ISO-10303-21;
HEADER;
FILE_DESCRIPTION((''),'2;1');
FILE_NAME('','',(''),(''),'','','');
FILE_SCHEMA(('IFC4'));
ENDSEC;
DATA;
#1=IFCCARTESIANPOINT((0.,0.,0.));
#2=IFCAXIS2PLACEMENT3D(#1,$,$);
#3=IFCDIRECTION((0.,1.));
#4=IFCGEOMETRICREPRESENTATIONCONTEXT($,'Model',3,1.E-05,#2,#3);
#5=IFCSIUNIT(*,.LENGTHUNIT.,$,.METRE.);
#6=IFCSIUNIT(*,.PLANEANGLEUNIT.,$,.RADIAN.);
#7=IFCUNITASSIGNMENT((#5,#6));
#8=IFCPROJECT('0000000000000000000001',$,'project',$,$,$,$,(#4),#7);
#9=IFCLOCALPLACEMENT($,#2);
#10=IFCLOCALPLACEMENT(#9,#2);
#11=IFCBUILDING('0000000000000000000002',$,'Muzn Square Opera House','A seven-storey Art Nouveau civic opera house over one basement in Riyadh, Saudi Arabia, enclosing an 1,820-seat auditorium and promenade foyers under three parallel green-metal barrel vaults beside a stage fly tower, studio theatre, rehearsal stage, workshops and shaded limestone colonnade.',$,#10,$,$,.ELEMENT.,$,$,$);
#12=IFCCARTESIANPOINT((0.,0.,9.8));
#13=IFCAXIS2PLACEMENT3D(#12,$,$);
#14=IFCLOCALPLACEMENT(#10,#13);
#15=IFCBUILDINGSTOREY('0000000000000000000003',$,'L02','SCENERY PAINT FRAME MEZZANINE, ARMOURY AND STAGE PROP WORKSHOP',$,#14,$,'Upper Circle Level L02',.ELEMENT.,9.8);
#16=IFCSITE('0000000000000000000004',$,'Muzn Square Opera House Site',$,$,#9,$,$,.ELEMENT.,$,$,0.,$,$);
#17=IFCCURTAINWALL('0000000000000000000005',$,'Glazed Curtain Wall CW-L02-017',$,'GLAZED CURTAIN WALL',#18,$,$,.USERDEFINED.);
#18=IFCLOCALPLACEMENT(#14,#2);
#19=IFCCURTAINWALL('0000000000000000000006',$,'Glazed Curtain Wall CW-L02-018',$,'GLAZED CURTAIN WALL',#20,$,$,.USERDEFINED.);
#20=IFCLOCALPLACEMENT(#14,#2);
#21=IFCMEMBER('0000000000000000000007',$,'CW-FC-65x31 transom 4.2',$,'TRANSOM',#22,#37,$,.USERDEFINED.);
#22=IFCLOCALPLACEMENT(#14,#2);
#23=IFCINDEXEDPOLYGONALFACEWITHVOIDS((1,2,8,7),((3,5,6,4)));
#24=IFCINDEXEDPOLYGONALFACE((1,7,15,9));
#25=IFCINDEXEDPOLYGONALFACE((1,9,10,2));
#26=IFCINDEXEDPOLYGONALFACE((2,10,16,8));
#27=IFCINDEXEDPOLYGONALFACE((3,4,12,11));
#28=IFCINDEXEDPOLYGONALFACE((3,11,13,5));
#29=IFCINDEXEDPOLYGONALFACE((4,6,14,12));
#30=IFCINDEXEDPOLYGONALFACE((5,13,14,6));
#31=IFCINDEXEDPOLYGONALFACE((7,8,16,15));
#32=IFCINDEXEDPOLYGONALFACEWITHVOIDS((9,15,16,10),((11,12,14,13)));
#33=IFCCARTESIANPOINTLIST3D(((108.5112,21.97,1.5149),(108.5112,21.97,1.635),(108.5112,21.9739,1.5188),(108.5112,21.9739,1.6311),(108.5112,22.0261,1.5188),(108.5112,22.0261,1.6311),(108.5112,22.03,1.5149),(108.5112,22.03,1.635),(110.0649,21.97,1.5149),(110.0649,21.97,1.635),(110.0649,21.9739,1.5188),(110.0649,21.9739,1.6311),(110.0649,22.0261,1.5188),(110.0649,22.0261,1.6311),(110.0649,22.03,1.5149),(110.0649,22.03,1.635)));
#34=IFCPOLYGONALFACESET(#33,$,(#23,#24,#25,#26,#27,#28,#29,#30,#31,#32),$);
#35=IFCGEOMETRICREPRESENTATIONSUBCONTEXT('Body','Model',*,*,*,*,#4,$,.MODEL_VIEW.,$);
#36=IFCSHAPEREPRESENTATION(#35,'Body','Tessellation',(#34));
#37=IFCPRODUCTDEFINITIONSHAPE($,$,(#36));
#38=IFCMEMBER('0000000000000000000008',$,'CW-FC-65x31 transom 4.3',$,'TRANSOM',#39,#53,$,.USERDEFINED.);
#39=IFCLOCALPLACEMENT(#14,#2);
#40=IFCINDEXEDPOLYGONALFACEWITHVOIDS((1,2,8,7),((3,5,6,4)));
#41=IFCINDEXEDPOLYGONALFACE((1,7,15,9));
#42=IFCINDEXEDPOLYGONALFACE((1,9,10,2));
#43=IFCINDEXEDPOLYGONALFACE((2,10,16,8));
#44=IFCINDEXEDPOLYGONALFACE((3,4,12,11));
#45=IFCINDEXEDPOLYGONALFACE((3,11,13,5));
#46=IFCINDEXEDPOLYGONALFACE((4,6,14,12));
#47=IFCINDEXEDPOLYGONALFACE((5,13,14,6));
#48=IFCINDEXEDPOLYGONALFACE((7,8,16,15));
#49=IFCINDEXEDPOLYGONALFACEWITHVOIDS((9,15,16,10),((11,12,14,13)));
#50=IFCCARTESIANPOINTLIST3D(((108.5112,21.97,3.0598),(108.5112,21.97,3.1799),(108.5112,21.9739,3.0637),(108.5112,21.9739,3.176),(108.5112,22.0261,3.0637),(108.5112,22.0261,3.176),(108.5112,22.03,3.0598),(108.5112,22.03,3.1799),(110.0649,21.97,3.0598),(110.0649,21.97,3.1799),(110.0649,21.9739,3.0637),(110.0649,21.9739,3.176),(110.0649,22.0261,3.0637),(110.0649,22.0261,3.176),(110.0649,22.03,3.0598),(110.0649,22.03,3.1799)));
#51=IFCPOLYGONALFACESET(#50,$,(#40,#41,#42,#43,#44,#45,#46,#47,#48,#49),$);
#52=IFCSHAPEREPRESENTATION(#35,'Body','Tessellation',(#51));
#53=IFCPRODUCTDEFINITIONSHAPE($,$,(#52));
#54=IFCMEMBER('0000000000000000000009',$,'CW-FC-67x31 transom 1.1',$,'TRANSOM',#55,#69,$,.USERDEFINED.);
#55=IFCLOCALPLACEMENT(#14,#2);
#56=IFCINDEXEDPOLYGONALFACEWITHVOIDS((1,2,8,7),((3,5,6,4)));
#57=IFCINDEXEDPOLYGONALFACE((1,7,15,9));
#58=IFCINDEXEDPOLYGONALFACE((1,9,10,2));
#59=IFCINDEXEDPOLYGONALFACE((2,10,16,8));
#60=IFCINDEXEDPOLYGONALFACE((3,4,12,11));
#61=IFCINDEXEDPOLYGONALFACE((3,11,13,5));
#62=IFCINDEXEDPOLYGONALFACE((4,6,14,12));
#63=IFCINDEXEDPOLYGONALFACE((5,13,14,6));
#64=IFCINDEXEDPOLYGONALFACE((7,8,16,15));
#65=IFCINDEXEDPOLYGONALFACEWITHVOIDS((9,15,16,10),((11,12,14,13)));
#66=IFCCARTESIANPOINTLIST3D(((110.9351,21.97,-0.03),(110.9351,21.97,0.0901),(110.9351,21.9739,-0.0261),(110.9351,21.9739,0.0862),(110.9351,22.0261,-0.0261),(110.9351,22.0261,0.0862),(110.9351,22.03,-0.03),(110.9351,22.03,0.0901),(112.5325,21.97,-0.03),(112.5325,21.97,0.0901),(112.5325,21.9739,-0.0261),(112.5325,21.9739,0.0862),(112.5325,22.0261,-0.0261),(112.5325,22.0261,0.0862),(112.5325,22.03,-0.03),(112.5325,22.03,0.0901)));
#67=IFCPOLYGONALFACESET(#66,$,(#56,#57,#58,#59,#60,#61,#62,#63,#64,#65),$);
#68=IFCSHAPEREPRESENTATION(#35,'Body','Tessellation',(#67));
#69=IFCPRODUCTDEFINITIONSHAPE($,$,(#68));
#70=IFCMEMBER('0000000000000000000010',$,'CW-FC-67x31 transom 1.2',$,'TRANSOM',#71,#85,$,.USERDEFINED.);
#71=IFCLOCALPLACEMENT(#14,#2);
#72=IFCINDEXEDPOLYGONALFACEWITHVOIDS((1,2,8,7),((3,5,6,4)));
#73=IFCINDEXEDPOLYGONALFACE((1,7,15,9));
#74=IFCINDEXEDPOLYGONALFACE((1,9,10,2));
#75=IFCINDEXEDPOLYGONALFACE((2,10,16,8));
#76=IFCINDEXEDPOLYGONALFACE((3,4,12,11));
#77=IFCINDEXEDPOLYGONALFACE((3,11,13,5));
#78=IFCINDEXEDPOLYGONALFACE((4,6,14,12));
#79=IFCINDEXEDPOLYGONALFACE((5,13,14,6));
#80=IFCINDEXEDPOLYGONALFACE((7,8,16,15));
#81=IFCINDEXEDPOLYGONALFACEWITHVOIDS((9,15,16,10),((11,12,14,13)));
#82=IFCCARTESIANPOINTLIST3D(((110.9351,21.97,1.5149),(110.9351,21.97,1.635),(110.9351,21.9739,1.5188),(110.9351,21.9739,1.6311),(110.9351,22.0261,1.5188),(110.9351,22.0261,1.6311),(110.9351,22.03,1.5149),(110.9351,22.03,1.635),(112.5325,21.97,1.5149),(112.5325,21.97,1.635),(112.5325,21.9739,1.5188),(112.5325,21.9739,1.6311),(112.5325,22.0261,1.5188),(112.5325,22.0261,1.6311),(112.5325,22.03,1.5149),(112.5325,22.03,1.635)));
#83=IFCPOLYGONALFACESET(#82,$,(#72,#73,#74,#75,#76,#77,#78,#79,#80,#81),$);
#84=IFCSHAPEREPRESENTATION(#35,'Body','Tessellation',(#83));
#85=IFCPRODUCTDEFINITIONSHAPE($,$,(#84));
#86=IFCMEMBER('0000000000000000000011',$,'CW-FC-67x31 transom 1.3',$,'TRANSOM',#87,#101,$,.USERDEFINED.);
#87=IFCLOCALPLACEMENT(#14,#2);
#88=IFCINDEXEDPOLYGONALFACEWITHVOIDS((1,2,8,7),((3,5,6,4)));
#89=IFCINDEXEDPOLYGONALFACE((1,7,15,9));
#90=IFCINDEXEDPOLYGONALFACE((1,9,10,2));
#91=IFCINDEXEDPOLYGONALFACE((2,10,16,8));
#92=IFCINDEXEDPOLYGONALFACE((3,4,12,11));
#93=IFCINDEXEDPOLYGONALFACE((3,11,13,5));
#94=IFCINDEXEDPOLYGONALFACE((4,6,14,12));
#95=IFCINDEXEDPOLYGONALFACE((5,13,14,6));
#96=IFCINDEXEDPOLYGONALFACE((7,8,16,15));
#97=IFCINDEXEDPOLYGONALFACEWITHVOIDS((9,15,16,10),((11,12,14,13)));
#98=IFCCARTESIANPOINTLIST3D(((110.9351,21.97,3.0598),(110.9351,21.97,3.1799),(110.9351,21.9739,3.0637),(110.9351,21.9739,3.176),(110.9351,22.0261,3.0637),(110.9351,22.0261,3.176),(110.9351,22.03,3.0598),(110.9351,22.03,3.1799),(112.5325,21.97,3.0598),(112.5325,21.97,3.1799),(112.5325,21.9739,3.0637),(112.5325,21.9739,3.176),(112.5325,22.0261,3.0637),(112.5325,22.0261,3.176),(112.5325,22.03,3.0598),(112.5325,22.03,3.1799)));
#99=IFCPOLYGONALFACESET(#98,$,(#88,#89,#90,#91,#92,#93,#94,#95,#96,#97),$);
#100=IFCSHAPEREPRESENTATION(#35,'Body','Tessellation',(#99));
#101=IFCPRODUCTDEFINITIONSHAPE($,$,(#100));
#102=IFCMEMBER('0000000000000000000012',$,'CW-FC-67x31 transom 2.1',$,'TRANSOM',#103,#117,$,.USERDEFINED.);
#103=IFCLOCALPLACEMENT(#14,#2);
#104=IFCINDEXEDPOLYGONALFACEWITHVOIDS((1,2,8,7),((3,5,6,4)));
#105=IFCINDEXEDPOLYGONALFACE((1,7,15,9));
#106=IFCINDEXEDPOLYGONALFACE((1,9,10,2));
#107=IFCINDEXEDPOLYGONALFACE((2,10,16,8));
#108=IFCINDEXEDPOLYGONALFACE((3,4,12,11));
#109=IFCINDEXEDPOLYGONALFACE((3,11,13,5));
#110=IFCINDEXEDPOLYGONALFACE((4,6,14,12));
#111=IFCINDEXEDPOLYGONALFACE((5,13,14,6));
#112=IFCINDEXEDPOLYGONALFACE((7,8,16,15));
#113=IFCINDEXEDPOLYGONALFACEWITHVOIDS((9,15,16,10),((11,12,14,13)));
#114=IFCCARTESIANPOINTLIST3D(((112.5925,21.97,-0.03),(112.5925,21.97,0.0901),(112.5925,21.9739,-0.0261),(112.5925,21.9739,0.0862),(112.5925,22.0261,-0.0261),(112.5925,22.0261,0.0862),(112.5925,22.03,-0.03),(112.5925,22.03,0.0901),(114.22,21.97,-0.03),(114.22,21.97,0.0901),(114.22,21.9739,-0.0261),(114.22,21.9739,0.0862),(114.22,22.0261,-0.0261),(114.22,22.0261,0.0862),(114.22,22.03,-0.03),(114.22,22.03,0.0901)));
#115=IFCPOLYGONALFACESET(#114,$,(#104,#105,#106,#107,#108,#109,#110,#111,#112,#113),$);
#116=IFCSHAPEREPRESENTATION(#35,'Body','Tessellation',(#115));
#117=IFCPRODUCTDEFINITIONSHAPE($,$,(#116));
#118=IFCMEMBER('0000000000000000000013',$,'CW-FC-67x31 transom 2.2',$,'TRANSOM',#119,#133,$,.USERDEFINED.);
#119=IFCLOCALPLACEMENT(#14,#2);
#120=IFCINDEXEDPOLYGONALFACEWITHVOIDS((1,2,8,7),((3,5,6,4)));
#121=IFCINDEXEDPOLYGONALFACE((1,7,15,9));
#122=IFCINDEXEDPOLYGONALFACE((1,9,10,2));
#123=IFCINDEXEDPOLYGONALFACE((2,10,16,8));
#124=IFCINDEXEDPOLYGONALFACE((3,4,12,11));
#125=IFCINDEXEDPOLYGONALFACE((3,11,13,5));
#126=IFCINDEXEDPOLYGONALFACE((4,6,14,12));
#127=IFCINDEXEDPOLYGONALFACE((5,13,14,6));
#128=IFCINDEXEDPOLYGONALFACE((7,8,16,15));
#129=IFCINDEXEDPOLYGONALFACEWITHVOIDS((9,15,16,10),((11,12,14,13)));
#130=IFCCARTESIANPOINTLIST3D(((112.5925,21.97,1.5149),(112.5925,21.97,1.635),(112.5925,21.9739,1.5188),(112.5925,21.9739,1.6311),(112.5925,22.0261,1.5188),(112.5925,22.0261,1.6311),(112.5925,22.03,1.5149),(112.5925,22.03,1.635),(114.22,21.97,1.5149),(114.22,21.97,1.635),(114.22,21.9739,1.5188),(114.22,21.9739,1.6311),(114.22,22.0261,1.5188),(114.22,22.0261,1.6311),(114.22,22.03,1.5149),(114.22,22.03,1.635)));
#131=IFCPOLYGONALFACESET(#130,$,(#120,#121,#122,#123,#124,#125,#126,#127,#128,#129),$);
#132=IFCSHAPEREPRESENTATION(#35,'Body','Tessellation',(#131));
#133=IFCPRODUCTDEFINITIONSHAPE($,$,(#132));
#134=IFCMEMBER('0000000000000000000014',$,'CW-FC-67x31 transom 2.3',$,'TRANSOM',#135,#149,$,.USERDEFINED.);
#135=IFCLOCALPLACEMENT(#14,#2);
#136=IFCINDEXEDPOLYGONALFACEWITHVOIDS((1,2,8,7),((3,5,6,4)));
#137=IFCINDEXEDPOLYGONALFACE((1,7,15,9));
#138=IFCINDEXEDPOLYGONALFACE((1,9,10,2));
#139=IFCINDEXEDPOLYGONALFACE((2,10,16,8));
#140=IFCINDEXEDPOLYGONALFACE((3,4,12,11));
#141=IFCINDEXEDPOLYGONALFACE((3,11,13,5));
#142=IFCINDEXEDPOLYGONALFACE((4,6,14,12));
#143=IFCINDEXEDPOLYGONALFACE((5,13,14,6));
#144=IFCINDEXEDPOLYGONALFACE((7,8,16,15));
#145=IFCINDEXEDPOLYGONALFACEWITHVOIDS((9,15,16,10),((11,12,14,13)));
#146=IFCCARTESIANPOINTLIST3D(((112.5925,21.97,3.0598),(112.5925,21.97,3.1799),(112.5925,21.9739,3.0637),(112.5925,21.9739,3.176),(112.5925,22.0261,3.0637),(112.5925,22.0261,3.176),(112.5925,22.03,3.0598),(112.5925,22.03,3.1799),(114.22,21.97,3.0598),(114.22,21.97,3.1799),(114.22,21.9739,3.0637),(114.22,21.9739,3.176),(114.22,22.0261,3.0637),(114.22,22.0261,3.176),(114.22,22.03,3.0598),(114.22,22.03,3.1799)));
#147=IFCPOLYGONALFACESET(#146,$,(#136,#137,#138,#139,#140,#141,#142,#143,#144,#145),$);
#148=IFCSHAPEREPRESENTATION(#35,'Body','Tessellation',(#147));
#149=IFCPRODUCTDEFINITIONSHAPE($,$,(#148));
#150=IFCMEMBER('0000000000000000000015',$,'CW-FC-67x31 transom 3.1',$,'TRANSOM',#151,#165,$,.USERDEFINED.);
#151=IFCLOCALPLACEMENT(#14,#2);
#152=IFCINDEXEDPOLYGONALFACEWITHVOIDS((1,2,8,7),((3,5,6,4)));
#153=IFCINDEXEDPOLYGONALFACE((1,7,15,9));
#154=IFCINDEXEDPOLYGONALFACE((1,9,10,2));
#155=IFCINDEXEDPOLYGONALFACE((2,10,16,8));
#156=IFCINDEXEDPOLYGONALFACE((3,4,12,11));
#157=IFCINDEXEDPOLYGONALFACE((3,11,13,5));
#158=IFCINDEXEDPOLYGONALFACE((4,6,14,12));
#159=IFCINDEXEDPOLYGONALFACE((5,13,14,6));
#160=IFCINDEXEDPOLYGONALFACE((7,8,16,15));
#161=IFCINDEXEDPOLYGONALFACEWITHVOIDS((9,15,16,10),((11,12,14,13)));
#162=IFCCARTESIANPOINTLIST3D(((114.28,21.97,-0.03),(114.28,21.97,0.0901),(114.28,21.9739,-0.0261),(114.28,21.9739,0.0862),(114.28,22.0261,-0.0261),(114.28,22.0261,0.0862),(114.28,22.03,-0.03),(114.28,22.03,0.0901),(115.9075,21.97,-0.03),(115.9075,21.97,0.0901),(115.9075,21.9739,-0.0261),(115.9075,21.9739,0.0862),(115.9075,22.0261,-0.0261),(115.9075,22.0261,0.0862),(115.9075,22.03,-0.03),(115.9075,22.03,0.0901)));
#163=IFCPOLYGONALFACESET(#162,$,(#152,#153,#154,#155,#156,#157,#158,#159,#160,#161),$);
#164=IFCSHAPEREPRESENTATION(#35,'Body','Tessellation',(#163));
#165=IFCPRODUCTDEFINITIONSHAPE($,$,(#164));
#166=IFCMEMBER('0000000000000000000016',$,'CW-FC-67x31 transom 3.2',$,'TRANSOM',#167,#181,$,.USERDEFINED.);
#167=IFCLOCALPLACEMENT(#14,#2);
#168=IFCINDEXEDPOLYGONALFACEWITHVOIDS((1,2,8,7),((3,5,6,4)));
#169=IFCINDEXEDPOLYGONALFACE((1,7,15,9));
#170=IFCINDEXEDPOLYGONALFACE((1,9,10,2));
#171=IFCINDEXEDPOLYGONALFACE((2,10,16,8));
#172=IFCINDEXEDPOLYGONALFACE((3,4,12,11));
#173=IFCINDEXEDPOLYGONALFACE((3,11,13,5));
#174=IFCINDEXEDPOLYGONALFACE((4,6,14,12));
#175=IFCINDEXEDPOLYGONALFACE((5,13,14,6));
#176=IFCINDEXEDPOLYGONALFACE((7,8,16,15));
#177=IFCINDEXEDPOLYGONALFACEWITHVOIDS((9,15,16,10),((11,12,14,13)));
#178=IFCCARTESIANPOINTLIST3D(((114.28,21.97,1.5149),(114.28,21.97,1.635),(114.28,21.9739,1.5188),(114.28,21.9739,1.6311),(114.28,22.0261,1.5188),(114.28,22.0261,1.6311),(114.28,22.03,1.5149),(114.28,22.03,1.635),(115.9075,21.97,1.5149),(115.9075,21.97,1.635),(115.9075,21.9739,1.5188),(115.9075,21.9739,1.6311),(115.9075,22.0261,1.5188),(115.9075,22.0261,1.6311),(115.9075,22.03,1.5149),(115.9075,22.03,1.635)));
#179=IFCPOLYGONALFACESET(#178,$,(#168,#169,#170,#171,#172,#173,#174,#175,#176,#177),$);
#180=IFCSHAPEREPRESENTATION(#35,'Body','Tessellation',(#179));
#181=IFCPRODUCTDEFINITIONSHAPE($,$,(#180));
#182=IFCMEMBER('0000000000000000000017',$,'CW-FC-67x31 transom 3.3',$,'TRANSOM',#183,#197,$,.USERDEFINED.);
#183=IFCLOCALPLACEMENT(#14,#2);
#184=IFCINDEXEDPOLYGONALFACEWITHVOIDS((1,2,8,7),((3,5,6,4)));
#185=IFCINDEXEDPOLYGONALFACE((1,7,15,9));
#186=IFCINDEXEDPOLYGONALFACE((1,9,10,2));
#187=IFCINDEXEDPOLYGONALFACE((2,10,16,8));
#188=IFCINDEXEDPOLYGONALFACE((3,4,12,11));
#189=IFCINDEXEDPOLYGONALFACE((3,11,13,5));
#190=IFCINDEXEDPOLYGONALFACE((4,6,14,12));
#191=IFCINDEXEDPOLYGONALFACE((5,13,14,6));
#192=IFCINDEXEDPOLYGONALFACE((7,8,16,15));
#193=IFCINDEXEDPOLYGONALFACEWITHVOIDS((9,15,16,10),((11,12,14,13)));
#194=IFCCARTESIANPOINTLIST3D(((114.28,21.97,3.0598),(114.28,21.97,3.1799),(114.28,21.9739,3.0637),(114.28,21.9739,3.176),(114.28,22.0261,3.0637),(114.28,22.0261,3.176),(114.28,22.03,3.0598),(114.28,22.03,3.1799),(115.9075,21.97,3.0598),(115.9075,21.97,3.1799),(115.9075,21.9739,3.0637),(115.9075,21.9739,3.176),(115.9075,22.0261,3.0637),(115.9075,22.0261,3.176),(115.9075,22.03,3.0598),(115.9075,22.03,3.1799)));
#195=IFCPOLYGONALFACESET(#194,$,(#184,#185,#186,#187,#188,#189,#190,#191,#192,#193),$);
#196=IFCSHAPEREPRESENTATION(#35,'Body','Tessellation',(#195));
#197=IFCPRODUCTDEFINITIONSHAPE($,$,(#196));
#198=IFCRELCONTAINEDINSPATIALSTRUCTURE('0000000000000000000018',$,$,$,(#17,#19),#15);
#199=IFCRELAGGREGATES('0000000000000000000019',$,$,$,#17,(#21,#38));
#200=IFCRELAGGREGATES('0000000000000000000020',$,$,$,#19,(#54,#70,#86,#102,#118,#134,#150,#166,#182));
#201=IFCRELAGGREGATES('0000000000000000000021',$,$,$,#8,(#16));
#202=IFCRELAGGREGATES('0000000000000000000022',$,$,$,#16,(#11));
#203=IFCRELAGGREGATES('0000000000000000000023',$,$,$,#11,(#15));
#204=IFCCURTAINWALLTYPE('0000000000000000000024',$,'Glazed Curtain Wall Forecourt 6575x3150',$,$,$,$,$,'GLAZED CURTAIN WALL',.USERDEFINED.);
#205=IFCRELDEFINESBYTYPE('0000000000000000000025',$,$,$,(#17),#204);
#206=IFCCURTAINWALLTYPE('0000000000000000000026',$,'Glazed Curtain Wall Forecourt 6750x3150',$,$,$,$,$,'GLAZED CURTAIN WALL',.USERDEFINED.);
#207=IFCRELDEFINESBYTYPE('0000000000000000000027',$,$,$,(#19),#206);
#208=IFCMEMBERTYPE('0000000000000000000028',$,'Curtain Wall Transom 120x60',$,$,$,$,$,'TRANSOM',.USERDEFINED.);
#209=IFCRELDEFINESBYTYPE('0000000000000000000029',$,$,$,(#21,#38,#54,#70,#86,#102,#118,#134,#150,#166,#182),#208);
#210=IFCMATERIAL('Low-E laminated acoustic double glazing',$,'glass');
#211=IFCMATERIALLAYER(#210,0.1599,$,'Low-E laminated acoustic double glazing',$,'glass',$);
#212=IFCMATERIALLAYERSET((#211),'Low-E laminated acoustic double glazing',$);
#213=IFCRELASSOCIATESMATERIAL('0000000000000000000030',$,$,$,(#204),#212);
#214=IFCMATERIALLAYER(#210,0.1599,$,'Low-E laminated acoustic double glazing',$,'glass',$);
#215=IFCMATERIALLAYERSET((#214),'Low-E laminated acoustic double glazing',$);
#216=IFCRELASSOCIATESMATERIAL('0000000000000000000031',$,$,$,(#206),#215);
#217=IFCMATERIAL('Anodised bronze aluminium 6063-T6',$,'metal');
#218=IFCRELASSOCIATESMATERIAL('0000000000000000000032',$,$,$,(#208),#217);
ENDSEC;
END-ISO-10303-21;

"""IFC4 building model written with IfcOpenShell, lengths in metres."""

from ifc_helpers import new_model, si_unit, direction, frame, origin, origin_2d, place, context, subcontext, project, spatial, hollow_rectangle, extrude, material, layer, layer_set, material_profile, profile_set, type_object, element, aggregate, save


model = new_model("IFC4")

# Units and contexts
model_context = context("Model", 3, precision=1e-05, world=origin(), true_north=direction((0.0, 1.0)))
body_context = subcontext(model_context, "Body", "Model", "MODEL_VIEW")
ifc_project = project(units=[si_unit("LENGTHUNIT", "METRE"), si_unit("PLANEANGLEUNIT", "RADIAN")], contexts=[model_context])

# Site, building, storey
site_placement = place(None, origin())
site = spatial("IfcSite", under=ifc_project, at=site_placement, Name="Muzn Square Opera House Site", CompositionType="ELEMENT", RefElevation=0.0)
building_placement = place(site_placement, origin())
building = spatial("IfcBuilding", under=site, at=building_placement, Name="Muzn Square Opera House", Description="A seven-storey Art Nouveau civic opera house over one basement in Riyadh, Saudi Arabia, enclosing an 1,820-seat auditorium and promenade foyers under three parallel green-metal barrel vaults beside a stage fly tower, studio theatre, rehearsal stage, workshops and shaded limestone colonnade.", CompositionType="ELEMENT")
storey_placement = place(building_placement, frame((0.0, 0.0, 9.8)))
storey = spatial("IfcBuildingStorey", under=building, at=storey_placement, Name="L02", Description="SCENERY PAINT FRAME MEZZANINE, ARMOURY AND STAGE PROP WORKSHOP", LongName="Upper Circle Level L02", CompositionType="ELEMENT", Elevation=9.8)

# Curtain walls
ifc_material_1 = material(Name="Low-E laminated acoustic double glazing", Category="glass")
ifc_layer_1 = layer(ifc_material_1, 0.1599, Name="Low-E laminated acoustic double glazing", Category="glass")
ifc_layer_set_1 = layer_set([ifc_layer_1], Name="Low-E laminated acoustic double glazing")
curtain_wall_type_1 = type_object("IfcCurtainWallType", Name="Glazed Curtain Wall Forecourt 6575x3150", ElementType="GLAZED CURTAIN WALL", PredefinedType="USERDEFINED", material=ifc_layer_set_1)
curtain_wall_1_placement = place(storey_placement, origin())
curtain_wall_1 = element("IfcCurtainWall", 1, at=curtain_wall_1_placement, inside=storey, type_object=curtain_wall_type_1, Name="Glazed Curtain Wall CW-L02-017", ObjectType="GLAZED CURTAIN WALL", PredefinedType="USERDEFINED")
ifc_material_2 = material(Name="Anodised bronze aluminium 6063-T6", Category="metal")
ifc_layer_2 = layer(ifc_material_1, 0.1599, Name="Low-E laminated acoustic double glazing", Category="glass")
ifc_layer_set_2 = layer_set([ifc_layer_2], Name="Low-E laminated acoustic double glazing")
curtain_wall_type_2 = type_object("IfcCurtainWallType", Name="Glazed Curtain Wall Forecourt 6750x3150", ElementType="GLAZED CURTAIN WALL", PredefinedType="USERDEFINED", material=ifc_layer_set_2)
curtain_wall_2_placement = place(storey_placement, origin())
curtain_wall_2 = element("IfcCurtainWall", 2, at=curtain_wall_2_placement, inside=storey, type_object=curtain_wall_type_2, Name="Glazed Curtain Wall CW-L02-018", ObjectType="GLAZED CURTAIN WALL", PredefinedType="USERDEFINED")

# Members
ifc_material_profile_1 = material_profile(ifc_material_2, hollow_rectangle(XDim=0.0601, YDim=0.1201, WallThickness=0.0039, at=origin_2d()), Name="ALU 120x60x4", Category="metal")
ifc_profile_set_1 = profile_set([ifc_material_profile_1], Name="Anodised bronze aluminium 6063-T6")
member_type_1 = type_object("IfcMemberType", Name="Curtain Wall Transom 120x60", ElementType="TRANSOM", PredefinedType="USERDEFINED", material=ifc_profile_set_1)
member_1_placement = place(storey_placement, frame((108.5112, 22.0, 1.575), z_axis=(1.0, 0.0, 0.0), x_axis=(0.0, 1.0, 0.0)))
member_1 = element("IfcMember", 3, at=member_1_placement, type_object=member_type_1, Name="CW-FC-65x31 transom 4.2", ObjectType="TRANSOM", PredefinedType="USERDEFINED", context=body_context, shape_type="SweptSolid", body=[
    extrude(hollow_rectangle(XDim=0.0601, YDim=0.1201, WallThickness=0.0039, at=origin_2d()), origin(), (0.0, 0.0, 1.0), 1.5537),
])
member_2_placement = place(storey_placement, frame((108.5112, 22.0, 3.1199), z_axis=(1.0, 0.0, 0.0), x_axis=(0.0, 1.0, 0.0)))
member_2 = element("IfcMember", 4, at=member_2_placement, type_object=member_type_1, Name="CW-FC-65x31 transom 4.3", ObjectType="TRANSOM", PredefinedType="USERDEFINED", context=body_context, shape_type="SweptSolid", body=[
    extrude(hollow_rectangle(XDim=0.0601, YDim=0.1201, WallThickness=0.0039, at=origin_2d()), origin(), (0.0, 0.0, 1.0), 1.5537),
])
member_3_placement = place(storey_placement, frame((110.9351, 22.0, 0.03), z_axis=(1.0, 0.0, 0.0), x_axis=(0.0, 1.0, 0.0)))
member_3 = element("IfcMember", 5, at=member_3_placement, type_object=member_type_1, Name="CW-FC-67x31 transom 1.1", ObjectType="TRANSOM", PredefinedType="USERDEFINED", context=body_context, shape_type="SweptSolid", body=[
    extrude(hollow_rectangle(XDim=0.0601, YDim=0.1201, WallThickness=0.0039, at=origin_2d()), origin(), (0.0, 0.0, 1.0), 1.5974),
])
member_4_placement = place(storey_placement, frame((110.9351, 22.0, 1.575), z_axis=(1.0, 0.0, 0.0), x_axis=(0.0, 1.0, 0.0)))
member_4 = element("IfcMember", 6, at=member_4_placement, type_object=member_type_1, Name="CW-FC-67x31 transom 1.2", ObjectType="TRANSOM", PredefinedType="USERDEFINED", context=body_context, shape_type="SweptSolid", body=[
    extrude(hollow_rectangle(XDim=0.0601, YDim=0.1201, WallThickness=0.0039, at=origin_2d()), origin(), (0.0, 0.0, 1.0), 1.5974),
])
member_5_placement = place(storey_placement, frame((110.9351, 22.0, 3.1199), z_axis=(1.0, 0.0, 0.0), x_axis=(0.0, 1.0, 0.0)))
member_5 = element("IfcMember", 7, at=member_5_placement, type_object=member_type_1, Name="CW-FC-67x31 transom 1.3", ObjectType="TRANSOM", PredefinedType="USERDEFINED", context=body_context, shape_type="SweptSolid", body=[
    extrude(hollow_rectangle(XDim=0.0601, YDim=0.1201, WallThickness=0.0039, at=origin_2d()), origin(), (0.0, 0.0, 1.0), 1.5974),
])
member_6_placement = place(storey_placement, frame((112.5925, 22.0, 0.03), z_axis=(1.0, 0.0, 0.0), x_axis=(0.0, 1.0, 0.0)))
member_6 = element("IfcMember", 8, at=member_6_placement, type_object=member_type_1, Name="CW-FC-67x31 transom 2.1", ObjectType="TRANSOM", PredefinedType="USERDEFINED", context=body_context, shape_type="SweptSolid", body=[
    extrude(hollow_rectangle(XDim=0.0601, YDim=0.1201, WallThickness=0.0039, at=origin_2d()), origin(), (0.0, 0.0, 1.0), 1.6274),
])
member_7_placement = place(storey_placement, frame((112.5925, 22.0, 1.575), z_axis=(1.0, 0.0, 0.0), x_axis=(0.0, 1.0, 0.0)))
member_7 = element("IfcMember", 9, at=member_7_placement, type_object=member_type_1, Name="CW-FC-67x31 transom 2.2", ObjectType="TRANSOM", PredefinedType="USERDEFINED", context=body_context, shape_type="SweptSolid", body=[
    extrude(hollow_rectangle(XDim=0.0601, YDim=0.1201, WallThickness=0.0039, at=origin_2d()), origin(), (0.0, 0.0, 1.0), 1.6274),
])
member_8_placement = place(storey_placement, frame((112.5925, 22.0, 3.1199), z_axis=(1.0, 0.0, 0.0), x_axis=(0.0, 1.0, 0.0)))
member_8 = element("IfcMember", 10, at=member_8_placement, type_object=member_type_1, Name="CW-FC-67x31 transom 2.3", ObjectType="TRANSOM", PredefinedType="USERDEFINED", context=body_context, shape_type="SweptSolid", body=[
    extrude(hollow_rectangle(XDim=0.0601, YDim=0.1201, WallThickness=0.0039, at=origin_2d()), origin(), (0.0, 0.0, 1.0), 1.6274),
])
member_9_placement = place(storey_placement, frame((114.28, 22.0, 0.03), z_axis=(1.0, 0.0, 0.0), x_axis=(0.0, 1.0, 0.0)))
member_9 = element("IfcMember", 11, at=member_9_placement, type_object=member_type_1, Name="CW-FC-67x31 transom 3.1", ObjectType="TRANSOM", PredefinedType="USERDEFINED", context=body_context, shape_type="SweptSolid", body=[
    extrude(hollow_rectangle(XDim=0.0601, YDim=0.1201, WallThickness=0.0039, at=origin_2d()), origin(), (0.0, 0.0, 1.0), 1.6274),
])
member_10_placement = place(storey_placement, frame((114.28, 22.0, 1.575), z_axis=(1.0, 0.0, 0.0), x_axis=(0.0, 1.0, 0.0)))
member_10 = element("IfcMember", 12, at=member_10_placement, type_object=member_type_1, Name="CW-FC-67x31 transom 3.2", ObjectType="TRANSOM", PredefinedType="USERDEFINED", context=body_context, shape_type="SweptSolid", body=[
    extrude(hollow_rectangle(XDim=0.0601, YDim=0.1201, WallThickness=0.0039, at=origin_2d()), origin(), (0.0, 0.0, 1.0), 1.6274),
])
member_11_placement = place(storey_placement, frame((114.28, 22.0, 3.1199), z_axis=(1.0, 0.0, 0.0), x_axis=(0.0, 1.0, 0.0)))
member_11 = element("IfcMember", 13, at=member_11_placement, type_object=member_type_1, Name="CW-FC-67x31 transom 3.3", ObjectType="TRANSOM", PredefinedType="USERDEFINED", context=body_context, shape_type="SweptSolid", body=[
    extrude(hollow_rectangle(XDim=0.0601, YDim=0.1201, WallThickness=0.0039, at=origin_2d()), origin(), (0.0, 0.0, 1.0), 1.6274),
])

aggregate(curtain_wall_1, [member_1, member_2])
aggregate(curtain_wall_2, [member_3, member_4, member_5, member_6, member_7, member_8, member_9, member_10, member_11])

save(model, "model.ifc")
